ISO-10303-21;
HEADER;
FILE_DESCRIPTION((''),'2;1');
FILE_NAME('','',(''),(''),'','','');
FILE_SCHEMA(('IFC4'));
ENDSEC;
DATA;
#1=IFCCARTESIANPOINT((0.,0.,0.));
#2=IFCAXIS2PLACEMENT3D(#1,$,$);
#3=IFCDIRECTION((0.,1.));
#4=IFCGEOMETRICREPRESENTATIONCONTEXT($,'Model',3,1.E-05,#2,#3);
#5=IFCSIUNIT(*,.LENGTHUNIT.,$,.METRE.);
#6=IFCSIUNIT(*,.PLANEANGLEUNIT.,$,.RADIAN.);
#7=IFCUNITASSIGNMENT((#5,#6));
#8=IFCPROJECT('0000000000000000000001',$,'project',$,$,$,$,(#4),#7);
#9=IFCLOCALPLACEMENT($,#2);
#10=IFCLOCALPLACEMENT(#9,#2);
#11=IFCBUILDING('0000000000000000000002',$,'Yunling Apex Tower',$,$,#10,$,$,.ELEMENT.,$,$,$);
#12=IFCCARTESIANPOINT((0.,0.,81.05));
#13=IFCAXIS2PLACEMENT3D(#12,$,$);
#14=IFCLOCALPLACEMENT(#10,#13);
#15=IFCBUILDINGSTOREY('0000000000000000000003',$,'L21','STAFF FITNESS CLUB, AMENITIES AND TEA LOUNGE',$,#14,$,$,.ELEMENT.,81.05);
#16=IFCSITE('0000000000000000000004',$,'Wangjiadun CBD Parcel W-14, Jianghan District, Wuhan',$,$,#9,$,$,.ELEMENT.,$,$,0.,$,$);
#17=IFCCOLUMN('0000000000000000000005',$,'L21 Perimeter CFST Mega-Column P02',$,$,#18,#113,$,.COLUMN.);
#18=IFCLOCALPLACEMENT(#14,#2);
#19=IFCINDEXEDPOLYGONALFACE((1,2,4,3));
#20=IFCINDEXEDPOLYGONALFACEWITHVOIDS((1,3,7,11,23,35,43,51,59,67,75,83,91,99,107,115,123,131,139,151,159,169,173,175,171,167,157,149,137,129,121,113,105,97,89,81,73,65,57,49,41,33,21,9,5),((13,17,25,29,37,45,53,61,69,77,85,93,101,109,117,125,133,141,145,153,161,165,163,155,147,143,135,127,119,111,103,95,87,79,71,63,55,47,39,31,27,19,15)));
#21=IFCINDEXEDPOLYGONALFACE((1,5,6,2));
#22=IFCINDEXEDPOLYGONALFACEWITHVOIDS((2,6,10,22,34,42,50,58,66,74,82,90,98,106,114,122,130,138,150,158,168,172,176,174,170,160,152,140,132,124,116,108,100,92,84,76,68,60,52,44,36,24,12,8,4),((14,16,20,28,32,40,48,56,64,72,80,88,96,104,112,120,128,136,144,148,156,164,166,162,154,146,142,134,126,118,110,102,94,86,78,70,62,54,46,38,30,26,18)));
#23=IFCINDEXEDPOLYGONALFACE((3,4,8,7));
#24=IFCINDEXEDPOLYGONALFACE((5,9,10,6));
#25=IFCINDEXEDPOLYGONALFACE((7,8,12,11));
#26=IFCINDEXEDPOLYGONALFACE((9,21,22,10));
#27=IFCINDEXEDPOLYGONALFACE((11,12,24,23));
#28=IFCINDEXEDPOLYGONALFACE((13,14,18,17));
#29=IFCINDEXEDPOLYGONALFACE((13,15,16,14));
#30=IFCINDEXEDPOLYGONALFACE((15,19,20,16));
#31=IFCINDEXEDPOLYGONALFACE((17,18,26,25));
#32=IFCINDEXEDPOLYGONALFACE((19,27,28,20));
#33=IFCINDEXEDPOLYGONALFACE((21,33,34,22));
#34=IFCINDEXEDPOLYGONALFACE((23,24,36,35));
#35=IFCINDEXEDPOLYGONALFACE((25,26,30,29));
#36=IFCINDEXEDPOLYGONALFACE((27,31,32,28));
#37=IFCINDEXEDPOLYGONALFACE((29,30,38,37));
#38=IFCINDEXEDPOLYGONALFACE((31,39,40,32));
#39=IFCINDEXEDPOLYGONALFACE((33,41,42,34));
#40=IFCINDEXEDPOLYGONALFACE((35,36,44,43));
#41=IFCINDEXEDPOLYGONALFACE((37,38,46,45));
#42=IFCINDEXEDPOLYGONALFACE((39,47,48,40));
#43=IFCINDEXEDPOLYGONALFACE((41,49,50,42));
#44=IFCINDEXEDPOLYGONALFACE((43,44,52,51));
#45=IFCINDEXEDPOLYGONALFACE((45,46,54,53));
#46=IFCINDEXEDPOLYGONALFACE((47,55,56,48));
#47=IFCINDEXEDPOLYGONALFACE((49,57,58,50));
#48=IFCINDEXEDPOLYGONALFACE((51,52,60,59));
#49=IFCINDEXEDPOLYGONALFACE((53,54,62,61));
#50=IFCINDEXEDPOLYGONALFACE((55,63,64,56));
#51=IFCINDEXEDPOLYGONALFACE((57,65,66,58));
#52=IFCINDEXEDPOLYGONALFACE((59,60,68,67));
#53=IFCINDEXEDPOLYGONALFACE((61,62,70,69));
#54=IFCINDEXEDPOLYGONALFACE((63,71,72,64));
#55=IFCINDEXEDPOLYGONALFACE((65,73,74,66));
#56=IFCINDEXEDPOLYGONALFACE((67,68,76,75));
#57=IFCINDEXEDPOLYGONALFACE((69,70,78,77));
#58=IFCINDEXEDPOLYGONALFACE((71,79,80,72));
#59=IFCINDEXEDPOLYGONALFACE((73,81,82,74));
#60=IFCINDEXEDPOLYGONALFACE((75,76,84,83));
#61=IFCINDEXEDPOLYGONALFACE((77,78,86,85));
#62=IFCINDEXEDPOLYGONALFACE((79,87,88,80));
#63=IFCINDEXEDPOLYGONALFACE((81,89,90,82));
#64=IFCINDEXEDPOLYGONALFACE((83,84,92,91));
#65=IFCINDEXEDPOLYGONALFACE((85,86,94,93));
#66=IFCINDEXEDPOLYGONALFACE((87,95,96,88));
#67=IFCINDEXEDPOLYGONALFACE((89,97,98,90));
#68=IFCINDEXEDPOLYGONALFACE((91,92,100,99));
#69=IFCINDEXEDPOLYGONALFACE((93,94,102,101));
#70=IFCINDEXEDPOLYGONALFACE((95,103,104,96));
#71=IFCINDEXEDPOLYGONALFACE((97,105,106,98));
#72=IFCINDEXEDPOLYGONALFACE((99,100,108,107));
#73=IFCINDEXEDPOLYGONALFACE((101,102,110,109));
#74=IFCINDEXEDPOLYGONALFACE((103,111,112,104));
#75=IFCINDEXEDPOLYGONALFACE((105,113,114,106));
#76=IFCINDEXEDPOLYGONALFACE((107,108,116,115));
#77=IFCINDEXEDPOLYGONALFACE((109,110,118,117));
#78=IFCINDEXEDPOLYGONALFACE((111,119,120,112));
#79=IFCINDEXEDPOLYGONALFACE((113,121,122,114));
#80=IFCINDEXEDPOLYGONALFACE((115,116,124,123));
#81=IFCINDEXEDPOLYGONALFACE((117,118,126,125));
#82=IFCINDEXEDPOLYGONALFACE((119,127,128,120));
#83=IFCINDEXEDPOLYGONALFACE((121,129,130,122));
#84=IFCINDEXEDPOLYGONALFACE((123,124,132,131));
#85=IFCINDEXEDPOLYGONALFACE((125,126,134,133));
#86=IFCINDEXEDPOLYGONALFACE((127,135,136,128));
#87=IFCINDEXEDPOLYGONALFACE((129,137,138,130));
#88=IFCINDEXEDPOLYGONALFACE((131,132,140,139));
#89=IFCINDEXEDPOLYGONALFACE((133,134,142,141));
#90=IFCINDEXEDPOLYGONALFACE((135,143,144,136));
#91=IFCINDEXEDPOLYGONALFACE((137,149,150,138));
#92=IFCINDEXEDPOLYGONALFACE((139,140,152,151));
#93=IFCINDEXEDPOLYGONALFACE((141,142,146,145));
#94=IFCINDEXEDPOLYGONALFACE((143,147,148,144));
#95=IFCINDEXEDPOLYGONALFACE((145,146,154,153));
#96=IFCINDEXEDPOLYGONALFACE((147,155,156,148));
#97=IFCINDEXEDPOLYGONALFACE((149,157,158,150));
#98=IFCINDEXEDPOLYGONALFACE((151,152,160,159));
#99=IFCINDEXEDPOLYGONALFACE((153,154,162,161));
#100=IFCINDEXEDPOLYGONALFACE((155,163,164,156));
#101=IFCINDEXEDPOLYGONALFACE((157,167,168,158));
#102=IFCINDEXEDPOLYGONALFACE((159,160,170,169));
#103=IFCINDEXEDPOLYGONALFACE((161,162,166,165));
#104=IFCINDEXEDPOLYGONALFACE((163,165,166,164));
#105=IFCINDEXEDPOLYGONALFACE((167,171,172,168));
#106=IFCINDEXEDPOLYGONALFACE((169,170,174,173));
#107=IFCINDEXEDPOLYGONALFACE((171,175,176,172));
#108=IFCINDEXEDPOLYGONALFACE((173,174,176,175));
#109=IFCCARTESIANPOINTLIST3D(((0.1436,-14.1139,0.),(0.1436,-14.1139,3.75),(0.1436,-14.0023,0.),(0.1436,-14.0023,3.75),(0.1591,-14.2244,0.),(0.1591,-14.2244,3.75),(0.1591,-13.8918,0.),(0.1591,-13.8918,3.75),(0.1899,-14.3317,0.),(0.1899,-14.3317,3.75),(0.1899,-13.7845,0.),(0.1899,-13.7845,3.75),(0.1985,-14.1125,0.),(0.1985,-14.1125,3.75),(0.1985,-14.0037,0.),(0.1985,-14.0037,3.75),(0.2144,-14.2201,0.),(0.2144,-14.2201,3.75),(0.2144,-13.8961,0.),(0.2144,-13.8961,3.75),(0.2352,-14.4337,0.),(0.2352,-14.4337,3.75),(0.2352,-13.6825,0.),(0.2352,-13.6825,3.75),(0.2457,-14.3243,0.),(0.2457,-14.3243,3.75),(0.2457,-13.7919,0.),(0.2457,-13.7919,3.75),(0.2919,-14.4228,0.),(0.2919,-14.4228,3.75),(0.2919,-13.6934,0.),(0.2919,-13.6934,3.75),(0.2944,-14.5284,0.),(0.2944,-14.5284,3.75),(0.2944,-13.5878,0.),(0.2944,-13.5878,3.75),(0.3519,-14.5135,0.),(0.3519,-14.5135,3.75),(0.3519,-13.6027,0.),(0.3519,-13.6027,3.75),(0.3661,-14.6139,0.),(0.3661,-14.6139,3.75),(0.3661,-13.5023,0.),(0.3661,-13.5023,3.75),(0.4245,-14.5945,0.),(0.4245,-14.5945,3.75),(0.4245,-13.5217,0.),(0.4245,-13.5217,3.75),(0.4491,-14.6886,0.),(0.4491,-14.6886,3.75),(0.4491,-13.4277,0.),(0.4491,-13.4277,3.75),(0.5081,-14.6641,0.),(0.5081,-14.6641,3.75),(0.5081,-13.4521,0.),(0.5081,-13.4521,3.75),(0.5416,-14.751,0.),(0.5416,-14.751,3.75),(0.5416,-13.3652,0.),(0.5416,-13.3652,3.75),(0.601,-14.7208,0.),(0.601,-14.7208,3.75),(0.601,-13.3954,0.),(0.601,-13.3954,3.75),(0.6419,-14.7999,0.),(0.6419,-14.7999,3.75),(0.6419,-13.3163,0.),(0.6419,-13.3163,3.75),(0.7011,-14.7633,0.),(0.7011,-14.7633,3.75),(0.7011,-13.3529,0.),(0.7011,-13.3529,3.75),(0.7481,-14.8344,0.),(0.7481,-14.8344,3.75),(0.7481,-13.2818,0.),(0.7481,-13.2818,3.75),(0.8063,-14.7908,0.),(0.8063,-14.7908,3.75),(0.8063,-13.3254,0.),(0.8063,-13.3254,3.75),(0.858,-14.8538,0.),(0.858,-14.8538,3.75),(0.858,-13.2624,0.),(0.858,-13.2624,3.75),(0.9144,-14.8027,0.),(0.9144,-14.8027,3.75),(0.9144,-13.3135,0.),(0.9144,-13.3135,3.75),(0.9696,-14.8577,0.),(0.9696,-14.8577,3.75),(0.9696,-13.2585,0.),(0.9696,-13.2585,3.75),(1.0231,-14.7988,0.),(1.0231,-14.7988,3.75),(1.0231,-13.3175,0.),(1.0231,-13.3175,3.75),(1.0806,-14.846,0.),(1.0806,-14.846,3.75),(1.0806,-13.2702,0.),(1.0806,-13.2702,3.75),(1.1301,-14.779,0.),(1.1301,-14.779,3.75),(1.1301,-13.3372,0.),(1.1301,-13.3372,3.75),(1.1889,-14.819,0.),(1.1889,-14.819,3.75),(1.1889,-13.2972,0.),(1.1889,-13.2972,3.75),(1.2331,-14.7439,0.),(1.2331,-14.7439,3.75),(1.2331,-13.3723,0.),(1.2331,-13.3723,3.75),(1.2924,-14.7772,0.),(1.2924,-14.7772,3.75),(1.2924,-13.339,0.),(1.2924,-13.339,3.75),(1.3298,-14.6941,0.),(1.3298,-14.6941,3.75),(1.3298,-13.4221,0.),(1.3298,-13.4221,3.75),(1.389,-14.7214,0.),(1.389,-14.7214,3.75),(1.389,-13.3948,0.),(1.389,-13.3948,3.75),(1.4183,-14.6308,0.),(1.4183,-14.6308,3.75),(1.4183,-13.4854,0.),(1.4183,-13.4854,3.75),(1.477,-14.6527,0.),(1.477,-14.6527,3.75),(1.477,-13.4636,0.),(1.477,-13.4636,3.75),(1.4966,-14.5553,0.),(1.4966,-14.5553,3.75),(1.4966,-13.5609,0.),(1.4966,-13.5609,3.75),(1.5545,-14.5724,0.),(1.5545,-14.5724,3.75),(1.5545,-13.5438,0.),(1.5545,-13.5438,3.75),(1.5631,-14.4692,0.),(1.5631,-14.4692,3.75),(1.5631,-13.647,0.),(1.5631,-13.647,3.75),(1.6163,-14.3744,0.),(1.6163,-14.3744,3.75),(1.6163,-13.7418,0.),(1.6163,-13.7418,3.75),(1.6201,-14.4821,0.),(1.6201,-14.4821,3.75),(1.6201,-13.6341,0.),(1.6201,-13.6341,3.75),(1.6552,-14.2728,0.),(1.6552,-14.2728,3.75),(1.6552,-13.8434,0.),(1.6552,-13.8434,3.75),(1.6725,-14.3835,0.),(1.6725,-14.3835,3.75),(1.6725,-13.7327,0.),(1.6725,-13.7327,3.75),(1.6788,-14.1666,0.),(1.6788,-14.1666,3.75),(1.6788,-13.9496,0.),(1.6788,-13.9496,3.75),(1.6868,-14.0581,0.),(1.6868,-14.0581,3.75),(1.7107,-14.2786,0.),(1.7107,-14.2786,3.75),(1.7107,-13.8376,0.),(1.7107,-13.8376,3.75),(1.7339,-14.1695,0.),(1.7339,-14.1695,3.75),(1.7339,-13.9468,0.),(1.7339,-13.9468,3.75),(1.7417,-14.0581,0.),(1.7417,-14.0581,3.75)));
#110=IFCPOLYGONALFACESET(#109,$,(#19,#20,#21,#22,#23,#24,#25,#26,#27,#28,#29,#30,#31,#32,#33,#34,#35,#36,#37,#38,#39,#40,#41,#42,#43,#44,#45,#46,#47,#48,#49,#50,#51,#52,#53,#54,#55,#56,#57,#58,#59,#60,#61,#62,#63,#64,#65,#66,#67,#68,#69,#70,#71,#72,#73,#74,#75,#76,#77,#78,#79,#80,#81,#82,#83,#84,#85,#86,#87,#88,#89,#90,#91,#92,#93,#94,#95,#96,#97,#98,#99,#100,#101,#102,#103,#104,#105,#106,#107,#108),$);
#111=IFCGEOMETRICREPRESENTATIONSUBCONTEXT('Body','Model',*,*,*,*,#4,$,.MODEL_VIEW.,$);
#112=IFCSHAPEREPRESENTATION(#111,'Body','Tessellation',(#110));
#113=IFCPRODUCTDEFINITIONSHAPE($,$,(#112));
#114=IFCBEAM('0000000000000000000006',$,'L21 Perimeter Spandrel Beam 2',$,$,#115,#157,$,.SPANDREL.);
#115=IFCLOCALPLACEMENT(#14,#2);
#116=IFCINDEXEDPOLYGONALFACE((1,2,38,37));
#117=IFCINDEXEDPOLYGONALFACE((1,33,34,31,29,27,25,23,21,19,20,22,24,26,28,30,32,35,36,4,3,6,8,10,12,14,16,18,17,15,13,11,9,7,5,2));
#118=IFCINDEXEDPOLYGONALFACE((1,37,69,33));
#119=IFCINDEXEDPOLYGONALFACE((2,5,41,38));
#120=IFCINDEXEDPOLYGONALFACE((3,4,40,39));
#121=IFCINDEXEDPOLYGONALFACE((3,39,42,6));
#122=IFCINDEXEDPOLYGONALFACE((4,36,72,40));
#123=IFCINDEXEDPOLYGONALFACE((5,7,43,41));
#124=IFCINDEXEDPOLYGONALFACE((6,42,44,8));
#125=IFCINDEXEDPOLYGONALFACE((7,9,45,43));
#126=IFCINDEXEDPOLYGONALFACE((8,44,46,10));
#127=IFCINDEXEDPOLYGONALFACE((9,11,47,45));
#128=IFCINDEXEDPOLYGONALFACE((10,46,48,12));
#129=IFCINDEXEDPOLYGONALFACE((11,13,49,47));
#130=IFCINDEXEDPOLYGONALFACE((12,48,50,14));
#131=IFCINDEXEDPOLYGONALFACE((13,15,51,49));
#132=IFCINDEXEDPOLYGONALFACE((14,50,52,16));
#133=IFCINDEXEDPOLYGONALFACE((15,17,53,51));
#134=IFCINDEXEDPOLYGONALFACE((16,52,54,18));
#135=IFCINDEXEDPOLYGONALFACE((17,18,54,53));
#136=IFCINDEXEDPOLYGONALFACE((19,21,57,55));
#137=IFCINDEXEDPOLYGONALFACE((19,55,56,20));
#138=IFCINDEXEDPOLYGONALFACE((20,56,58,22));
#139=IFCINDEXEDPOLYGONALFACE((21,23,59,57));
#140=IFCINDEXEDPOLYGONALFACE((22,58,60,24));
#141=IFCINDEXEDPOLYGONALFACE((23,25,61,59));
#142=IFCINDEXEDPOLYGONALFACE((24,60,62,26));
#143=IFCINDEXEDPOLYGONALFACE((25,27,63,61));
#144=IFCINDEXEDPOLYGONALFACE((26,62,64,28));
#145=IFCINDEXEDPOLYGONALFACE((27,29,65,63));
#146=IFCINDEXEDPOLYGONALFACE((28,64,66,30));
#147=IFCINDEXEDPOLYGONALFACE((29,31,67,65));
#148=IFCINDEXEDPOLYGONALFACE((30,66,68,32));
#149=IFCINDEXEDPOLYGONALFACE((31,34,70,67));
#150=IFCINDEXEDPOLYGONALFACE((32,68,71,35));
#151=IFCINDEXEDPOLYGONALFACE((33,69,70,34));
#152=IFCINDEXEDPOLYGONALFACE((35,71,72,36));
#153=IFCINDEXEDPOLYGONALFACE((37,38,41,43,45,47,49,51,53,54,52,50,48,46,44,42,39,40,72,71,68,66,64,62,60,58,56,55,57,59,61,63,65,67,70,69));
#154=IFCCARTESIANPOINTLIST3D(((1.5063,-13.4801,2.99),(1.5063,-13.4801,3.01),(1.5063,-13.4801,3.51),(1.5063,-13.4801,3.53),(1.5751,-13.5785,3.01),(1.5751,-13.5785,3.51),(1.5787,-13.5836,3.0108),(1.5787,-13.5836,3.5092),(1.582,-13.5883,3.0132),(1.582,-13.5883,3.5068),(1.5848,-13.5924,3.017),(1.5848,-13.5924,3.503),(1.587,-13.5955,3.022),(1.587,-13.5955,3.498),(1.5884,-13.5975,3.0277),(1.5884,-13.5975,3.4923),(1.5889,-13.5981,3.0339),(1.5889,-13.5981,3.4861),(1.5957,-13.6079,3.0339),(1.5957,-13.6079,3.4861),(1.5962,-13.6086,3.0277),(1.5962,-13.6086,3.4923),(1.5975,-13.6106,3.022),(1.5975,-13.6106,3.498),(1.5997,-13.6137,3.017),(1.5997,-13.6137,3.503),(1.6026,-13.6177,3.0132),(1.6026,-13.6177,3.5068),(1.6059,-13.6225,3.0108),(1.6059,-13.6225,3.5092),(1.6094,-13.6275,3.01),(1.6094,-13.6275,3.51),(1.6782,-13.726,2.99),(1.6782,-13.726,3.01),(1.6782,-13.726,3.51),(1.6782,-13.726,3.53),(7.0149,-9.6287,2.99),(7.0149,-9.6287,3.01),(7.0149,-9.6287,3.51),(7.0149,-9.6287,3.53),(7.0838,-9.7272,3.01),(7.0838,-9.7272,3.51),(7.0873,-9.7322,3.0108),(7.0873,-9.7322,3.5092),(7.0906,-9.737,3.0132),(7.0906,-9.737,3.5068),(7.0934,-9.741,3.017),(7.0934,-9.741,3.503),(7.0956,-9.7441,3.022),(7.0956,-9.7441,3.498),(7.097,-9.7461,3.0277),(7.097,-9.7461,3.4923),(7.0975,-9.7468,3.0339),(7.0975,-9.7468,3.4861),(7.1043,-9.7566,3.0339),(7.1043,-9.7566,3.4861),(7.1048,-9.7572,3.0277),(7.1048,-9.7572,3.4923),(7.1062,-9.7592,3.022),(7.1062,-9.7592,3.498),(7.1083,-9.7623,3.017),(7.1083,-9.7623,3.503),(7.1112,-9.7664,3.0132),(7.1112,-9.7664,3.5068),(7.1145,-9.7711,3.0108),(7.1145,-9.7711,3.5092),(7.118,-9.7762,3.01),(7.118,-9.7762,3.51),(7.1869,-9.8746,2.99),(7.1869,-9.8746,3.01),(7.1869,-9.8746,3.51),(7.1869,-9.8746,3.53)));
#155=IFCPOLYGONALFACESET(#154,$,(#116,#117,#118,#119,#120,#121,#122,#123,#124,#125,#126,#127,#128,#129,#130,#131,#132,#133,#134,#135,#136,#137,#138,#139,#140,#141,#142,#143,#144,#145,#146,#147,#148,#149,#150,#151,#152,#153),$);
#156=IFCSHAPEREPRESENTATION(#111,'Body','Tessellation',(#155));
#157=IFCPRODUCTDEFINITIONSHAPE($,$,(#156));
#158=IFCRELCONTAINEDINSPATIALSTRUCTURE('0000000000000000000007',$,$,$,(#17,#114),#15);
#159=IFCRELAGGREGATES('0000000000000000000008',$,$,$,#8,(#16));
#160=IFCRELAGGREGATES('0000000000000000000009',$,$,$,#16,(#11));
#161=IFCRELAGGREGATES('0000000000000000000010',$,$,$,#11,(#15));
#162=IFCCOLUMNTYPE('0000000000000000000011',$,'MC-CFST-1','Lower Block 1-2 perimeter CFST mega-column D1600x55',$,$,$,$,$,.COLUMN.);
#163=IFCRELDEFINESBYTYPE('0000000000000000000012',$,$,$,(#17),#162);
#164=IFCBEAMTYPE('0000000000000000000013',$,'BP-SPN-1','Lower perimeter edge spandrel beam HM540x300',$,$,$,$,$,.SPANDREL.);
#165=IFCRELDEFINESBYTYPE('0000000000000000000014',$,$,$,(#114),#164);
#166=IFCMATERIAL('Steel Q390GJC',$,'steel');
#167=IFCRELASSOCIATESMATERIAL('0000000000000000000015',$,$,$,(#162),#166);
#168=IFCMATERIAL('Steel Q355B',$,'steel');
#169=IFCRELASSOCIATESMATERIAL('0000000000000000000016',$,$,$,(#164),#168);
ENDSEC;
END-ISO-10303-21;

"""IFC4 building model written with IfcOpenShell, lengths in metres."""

from ifc_helpers import new_model, si_unit, direction, frame, origin, origin_2d, place, context, subcontext, project, spatial, hollow_circle, i_section, extrude, source, transform, mapped, material, material_profile, profile_set, type_object, element, save


model = new_model("IFC4")

# Units and contexts
model_context = context("Model", 3, precision=1e-05, world=origin(), true_north=direction((0.0, 1.0)))
body_context = subcontext(model_context, "Body", "Model", "MODEL_VIEW")
ifc_project = project(units=[si_unit("LENGTHUNIT", "METRE"), si_unit("PLANEANGLEUNIT", "RADIAN")], contexts=[model_context])

# Site, building, storey
site_placement = place(None, origin())
site = spatial("IfcSite", under=ifc_project, at=site_placement, Name="Wangjiadun CBD Parcel W-14, Jianghan District, Wuhan", CompositionType="ELEMENT", RefElevation=0.0)
building_placement = place(site_placement, origin())
building = spatial("IfcBuilding", under=site, at=building_placement, Name="Yunling Apex Tower", CompositionType="ELEMENT")
storey_placement = place(building_placement, frame((0.0, 0.0, 81.05)))
storey = spatial("IfcBuildingStorey", under=building, at=storey_placement, Name="L21", Description="STAFF FITNESS CLUB, AMENITIES AND TEA LOUNGE", CompositionType="ELEMENT", Elevation=81.05)

# Column
ifc_material_1 = material(Name="Steel Q390GJC", Category="steel")
ifc_material_profile_1 = material_profile(ifc_material_1, hollow_circle(Radius=0.8, WallThickness=0.0549, at=origin_2d()))
ifc_profile_set_1 = profile_set([ifc_material_profile_1], Name="Steel Q390GJC")
column_type = type_object("IfcColumnType", Name="MC-CFST-1", Description="Lower Block 1-2 perimeter CFST mega-column D1600x55", PredefinedType="COLUMN", material=ifc_profile_set_1)
shared_shape_1 = source(origin(), body_context, "Body", "SweptSolid", [
    extrude(hollow_circle(Radius=0.8, WallThickness=0.0549, at=origin_2d()), origin(), (0.0, 0.0, 1.0), 3.75),
])
column_placement = place(storey_placement, frame((0.9417, -14.0581, 0.0), z_axis=(0.0, 0.0, 1.0), x_axis=(1.0, 0.0, 0.0)))
element("IfcColumn", 1, at=column_placement, inside=storey, type_object=column_type, Name="L21 Perimeter CFST Mega-Column P02", PredefinedType="COLUMN", context=body_context, shape_type="MappedRepresentation", body=[
    mapped(shared_shape_1, transform((0.0, 0.0, 0.0), scale=1.0)),
])

# Beam
ifc_material_2 = material(Name="Steel Q355B", Category="steel")
ifc_material_profile_2 = material_profile(ifc_material_2, i_section(OverallWidth=0.3, OverallDepth=0.54, WebThickness=0.012, FlangeThickness=0.02, FilletRadius=0.0239, at=origin_2d()))
ifc_profile_set_2 = profile_set([ifc_material_profile_2], Name="Steel Q355B")
beam_type_1 = type_object("IfcBeamType", Name="BP-SPN-1", Description="Lower perimeter edge spandrel beam HM540x300", PredefinedType="SPANDREL", material=ifc_profile_set_2)
shared_shape_2 = source(origin(), body_context, "Body", "SweptSolid", [
    extrude(i_section(OverallWidth=0.3, OverallDepth=0.54, WebThickness=0.012, FlangeThickness=0.02, FilletRadius=0.0239, at=origin_2d()), origin(), (0.0, 0.0, 1.0), 6.7214),
])
beam_1_placement = place(storey_placement, frame((1.5923, -13.603, 3.26), z_axis=(0.819558, 0.572997, 0.0), x_axis=(-0.572997, 0.819558, 0.0)))
element("IfcBeam", 2, at=beam_1_placement, inside=storey, type_object=beam_type_1, Name="L21 Perimeter Spandrel Beam 2", PredefinedType="SPANDREL", context=body_context, shape_type="MappedRepresentation", body=[
    mapped(shared_shape_2, transform((0.0, 0.0, 0.0), scale=1.0)),
])

save(model, "model.ifc")
